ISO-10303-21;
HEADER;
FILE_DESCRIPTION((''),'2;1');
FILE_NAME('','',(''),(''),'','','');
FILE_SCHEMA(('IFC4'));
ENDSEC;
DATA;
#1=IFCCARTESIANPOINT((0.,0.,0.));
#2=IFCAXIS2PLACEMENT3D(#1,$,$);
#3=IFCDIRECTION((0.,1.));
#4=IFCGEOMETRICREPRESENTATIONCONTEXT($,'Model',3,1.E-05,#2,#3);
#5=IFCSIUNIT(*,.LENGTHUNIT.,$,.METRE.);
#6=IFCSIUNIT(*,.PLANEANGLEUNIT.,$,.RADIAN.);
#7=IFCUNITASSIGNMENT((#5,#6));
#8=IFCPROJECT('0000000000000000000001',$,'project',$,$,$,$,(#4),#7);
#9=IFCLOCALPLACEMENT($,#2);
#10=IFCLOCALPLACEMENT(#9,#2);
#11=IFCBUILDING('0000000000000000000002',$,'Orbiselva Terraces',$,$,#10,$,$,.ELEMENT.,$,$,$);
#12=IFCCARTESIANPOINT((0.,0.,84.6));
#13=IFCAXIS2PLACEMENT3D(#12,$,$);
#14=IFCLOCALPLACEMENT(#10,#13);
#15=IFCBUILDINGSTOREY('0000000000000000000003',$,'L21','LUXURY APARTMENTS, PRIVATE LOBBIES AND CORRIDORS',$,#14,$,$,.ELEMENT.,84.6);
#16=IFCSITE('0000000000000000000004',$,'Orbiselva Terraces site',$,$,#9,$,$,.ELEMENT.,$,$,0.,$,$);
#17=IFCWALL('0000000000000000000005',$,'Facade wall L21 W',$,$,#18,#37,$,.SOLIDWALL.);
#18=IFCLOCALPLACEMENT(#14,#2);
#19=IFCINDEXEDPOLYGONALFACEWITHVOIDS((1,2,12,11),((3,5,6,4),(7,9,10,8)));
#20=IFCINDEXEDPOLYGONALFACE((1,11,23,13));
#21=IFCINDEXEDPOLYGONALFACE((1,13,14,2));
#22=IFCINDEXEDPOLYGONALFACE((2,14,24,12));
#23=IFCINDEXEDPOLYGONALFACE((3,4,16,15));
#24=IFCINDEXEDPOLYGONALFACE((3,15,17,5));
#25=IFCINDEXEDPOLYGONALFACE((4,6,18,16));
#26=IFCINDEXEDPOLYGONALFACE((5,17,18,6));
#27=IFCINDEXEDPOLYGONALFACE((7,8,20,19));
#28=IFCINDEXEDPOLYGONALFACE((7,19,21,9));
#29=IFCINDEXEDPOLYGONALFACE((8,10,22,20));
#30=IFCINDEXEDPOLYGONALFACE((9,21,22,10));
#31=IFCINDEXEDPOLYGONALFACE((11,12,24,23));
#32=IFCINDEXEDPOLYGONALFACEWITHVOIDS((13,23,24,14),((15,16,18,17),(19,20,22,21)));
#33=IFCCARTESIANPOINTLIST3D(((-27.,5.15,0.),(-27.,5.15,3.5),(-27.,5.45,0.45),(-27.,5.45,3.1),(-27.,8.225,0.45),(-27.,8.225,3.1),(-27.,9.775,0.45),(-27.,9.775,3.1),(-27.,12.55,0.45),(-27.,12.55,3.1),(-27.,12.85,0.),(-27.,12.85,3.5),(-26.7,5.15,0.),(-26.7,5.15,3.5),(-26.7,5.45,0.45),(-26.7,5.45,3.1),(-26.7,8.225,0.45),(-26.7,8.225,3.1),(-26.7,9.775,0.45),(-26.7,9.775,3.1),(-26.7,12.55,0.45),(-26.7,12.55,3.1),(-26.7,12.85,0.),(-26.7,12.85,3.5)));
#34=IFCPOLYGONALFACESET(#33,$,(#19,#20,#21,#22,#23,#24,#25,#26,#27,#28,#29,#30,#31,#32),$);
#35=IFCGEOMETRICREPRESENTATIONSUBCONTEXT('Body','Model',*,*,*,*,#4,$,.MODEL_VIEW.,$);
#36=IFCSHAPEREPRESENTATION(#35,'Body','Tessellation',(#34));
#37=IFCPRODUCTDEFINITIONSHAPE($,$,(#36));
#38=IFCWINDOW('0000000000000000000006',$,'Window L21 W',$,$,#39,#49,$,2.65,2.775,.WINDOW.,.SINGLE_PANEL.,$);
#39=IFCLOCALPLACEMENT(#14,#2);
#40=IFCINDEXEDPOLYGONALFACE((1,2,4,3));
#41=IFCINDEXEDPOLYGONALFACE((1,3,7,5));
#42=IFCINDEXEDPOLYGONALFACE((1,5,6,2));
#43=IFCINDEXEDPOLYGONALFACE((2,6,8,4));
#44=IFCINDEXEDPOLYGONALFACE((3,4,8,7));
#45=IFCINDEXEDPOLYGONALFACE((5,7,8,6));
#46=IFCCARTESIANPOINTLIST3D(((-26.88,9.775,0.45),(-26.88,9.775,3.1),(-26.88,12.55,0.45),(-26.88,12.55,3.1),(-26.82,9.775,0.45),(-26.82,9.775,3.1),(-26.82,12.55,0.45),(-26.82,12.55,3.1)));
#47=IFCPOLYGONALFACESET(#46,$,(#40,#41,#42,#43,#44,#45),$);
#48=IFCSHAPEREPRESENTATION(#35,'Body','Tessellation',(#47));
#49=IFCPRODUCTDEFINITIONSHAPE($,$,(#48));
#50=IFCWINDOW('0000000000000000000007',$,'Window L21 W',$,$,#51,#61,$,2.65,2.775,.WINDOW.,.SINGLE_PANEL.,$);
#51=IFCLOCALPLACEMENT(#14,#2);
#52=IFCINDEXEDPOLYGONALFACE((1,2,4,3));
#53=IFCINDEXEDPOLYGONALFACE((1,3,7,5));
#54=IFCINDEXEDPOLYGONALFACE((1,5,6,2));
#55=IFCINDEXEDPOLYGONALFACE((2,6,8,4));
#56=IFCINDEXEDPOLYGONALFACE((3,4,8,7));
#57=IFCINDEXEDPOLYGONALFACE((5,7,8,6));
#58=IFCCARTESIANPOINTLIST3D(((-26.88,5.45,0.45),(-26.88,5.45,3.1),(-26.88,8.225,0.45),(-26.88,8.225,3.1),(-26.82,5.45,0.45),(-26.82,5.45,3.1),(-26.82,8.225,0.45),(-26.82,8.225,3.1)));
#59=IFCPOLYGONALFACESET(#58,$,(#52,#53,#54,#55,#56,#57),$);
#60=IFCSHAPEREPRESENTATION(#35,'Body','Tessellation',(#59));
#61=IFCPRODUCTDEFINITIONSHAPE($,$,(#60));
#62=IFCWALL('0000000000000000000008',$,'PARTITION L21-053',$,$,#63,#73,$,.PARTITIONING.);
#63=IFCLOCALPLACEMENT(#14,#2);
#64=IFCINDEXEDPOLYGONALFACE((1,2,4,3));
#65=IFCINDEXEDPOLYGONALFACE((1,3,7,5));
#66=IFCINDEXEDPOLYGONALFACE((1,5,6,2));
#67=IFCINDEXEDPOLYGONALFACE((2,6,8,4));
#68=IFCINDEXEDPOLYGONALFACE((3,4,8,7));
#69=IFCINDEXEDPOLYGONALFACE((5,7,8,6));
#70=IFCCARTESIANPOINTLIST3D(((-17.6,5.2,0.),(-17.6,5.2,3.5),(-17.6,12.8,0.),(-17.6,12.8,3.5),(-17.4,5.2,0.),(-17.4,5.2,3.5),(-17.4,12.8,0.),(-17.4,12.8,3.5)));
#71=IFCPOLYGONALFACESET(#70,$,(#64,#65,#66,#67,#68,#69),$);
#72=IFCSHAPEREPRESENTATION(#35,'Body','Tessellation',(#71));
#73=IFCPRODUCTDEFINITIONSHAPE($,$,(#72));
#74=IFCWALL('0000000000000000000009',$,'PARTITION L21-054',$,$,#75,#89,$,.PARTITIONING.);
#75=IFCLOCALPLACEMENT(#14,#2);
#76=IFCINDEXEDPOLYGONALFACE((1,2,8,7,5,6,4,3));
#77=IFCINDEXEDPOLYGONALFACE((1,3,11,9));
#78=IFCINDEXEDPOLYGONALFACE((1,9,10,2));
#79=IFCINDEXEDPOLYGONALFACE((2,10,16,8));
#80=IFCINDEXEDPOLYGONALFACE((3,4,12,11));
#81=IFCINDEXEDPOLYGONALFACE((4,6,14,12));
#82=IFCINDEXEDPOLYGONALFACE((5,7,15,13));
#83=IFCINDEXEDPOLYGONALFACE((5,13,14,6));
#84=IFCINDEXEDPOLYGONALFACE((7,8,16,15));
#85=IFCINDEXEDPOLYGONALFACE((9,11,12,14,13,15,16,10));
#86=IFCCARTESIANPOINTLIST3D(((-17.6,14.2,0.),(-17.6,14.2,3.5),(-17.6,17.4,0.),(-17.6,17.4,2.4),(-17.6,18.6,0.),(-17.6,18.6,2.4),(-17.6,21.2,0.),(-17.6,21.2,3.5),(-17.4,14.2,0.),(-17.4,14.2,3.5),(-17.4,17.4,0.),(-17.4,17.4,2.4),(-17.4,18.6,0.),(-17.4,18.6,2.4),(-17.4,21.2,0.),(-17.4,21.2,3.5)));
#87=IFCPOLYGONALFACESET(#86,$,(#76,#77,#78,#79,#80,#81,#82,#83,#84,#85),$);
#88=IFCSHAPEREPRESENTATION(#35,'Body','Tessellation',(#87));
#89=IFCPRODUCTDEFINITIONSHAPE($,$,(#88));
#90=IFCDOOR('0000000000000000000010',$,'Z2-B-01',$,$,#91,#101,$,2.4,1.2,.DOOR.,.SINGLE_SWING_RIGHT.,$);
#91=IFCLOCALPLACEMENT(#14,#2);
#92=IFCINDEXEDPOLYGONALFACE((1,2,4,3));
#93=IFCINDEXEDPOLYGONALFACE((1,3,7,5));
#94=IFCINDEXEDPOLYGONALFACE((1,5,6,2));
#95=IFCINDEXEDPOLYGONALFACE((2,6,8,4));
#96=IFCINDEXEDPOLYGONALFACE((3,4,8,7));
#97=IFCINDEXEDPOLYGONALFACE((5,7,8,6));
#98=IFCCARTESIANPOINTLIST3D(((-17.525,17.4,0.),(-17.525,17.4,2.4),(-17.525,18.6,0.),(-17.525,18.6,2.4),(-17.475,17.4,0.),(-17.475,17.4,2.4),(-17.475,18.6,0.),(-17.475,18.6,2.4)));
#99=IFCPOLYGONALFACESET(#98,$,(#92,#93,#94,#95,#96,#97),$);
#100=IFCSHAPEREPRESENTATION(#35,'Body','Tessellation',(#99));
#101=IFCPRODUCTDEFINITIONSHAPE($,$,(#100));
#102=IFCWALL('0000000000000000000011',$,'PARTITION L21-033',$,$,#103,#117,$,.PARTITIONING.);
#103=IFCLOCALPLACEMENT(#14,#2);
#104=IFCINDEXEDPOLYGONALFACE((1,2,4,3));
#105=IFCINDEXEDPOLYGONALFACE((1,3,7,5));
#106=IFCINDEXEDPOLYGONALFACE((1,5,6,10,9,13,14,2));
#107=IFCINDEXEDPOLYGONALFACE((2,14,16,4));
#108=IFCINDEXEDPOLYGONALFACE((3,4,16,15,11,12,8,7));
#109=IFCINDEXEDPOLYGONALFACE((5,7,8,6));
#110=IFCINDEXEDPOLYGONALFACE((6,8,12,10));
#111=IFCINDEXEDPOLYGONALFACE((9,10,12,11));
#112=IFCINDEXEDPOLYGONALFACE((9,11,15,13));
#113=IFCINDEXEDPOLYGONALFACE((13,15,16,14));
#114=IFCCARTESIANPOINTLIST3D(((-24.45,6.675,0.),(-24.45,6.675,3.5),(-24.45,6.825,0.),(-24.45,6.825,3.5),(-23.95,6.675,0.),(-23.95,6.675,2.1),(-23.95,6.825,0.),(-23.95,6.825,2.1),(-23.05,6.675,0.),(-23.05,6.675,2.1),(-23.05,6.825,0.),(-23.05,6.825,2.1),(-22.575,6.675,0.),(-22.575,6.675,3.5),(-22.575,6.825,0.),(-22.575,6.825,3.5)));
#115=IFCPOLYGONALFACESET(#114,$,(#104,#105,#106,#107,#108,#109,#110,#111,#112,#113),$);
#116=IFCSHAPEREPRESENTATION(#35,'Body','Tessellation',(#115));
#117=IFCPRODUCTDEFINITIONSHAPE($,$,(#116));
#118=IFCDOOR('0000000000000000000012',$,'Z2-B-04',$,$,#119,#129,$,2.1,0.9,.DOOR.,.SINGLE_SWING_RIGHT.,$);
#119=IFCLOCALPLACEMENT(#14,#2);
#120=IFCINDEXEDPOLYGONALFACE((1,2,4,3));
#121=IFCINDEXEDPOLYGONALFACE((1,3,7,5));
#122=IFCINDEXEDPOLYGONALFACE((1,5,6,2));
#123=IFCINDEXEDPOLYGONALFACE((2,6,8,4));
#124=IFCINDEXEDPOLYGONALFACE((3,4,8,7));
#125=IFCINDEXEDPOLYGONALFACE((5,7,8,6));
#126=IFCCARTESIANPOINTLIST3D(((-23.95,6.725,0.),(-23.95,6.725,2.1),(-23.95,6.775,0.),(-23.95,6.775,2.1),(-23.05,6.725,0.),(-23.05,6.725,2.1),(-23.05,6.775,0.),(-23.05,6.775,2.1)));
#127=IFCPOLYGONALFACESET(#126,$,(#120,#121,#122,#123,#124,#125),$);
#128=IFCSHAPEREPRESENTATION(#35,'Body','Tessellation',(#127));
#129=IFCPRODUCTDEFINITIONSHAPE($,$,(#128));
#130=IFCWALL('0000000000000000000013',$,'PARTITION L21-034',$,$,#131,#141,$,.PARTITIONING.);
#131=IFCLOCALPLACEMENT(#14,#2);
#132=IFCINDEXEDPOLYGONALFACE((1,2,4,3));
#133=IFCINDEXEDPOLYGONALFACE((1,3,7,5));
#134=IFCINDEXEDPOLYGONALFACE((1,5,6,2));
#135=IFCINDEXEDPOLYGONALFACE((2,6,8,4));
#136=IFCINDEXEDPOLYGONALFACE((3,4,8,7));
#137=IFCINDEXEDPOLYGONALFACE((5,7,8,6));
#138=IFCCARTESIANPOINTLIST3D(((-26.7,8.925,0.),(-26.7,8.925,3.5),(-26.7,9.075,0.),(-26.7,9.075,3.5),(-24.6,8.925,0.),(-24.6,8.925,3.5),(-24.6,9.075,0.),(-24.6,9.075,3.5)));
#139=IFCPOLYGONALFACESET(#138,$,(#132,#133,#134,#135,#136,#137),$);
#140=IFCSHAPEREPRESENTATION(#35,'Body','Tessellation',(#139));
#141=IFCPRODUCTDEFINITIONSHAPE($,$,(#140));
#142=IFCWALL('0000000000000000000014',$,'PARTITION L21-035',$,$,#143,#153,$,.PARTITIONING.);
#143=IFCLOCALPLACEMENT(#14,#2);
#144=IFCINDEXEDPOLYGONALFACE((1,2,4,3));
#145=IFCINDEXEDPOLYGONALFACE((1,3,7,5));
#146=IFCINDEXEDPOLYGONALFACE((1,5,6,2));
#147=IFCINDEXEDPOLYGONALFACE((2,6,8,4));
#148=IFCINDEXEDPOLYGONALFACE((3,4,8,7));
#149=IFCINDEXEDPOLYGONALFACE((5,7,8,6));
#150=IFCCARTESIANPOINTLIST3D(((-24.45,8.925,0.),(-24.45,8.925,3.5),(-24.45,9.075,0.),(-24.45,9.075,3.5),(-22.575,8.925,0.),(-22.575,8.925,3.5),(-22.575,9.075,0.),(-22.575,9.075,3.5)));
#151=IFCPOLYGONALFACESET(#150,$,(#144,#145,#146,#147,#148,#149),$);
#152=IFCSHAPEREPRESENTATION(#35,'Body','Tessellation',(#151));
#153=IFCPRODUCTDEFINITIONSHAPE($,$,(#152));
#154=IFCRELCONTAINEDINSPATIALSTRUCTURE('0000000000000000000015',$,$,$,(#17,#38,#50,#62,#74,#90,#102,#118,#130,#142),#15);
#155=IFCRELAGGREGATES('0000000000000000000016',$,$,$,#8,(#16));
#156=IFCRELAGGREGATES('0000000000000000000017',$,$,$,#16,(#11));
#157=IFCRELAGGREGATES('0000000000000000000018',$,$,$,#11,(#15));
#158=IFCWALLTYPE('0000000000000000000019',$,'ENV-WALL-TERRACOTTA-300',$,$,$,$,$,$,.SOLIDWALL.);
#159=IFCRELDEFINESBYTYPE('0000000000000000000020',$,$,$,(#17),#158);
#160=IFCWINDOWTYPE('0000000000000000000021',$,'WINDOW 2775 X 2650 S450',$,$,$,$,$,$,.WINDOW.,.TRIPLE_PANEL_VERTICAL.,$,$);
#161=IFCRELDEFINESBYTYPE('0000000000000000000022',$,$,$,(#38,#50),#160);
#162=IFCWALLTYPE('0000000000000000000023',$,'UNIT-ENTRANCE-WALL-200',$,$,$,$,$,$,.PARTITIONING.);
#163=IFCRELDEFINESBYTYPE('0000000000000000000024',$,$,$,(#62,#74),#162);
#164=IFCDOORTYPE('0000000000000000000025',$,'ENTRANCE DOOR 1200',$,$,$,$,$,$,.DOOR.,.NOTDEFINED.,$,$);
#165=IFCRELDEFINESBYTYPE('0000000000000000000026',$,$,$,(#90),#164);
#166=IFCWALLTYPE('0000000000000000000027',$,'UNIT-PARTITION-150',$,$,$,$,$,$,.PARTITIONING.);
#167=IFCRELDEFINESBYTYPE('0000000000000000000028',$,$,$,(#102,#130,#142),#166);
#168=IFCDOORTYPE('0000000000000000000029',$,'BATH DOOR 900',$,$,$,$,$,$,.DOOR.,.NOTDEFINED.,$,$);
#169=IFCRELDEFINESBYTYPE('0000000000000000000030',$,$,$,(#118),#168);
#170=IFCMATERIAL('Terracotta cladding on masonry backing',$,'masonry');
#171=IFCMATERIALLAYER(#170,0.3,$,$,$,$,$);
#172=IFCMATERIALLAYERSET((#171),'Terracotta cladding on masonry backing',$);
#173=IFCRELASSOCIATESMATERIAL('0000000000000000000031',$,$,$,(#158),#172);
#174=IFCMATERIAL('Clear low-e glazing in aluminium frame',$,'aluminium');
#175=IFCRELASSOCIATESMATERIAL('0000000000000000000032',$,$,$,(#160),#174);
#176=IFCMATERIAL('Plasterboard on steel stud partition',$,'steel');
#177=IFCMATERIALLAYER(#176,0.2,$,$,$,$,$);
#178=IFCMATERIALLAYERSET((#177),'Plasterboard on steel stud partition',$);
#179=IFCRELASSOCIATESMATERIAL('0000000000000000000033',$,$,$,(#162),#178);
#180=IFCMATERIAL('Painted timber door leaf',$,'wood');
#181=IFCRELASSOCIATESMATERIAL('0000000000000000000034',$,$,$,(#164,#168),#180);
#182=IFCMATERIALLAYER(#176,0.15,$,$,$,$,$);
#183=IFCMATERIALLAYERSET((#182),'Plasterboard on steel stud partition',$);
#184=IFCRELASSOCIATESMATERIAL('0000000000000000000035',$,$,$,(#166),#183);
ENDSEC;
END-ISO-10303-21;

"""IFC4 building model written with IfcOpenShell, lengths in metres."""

from ifc_helpers import new_model, si_unit, direction, frame, frame_2d, origin, place, context, subcontext, project, spatial, rectangle, extrude, material, layer, layer_set, type_object, element, fill, save


model = new_model("IFC4")

# Units and contexts
model_context = context("Model", 3, precision=1e-05, world=origin(), true_north=direction((0.0, 1.0)))
body_context = subcontext(model_context, "Body", "Model", "MODEL_VIEW")
ifc_project = project(units=[si_unit("LENGTHUNIT", "METRE"), si_unit("PLANEANGLEUNIT", "RADIAN")], contexts=[model_context])

# Site, building, storey
site_placement = place(None, origin())
site = spatial("IfcSite", under=ifc_project, at=site_placement, Name="Orbiselva Terraces site", CompositionType="ELEMENT", RefElevation=0.0)
building_placement = place(site_placement, origin())
building = spatial("IfcBuilding", under=site, at=building_placement, Name="Orbiselva Terraces", CompositionType="ELEMENT")
storey_placement = place(building_placement, frame((0.0, 0.0, 84.6)))
storey = spatial("IfcBuildingStorey", under=building, at=storey_placement, Name="L21", Description="LUXURY APARTMENTS, PRIVATE LOBBIES AND CORRIDORS", CompositionType="ELEMENT", Elevation=84.6)

# Shared definitions
ifc_material_1 = material(Name="Terracotta cladding on masonry backing", Category="masonry")
ifc_layer_1 = layer(ifc_material_1, 0.3)
ifc_layer_set_1 = layer_set([ifc_layer_1], Name="Terracotta cladding on masonry backing")
wall_type_1 = type_object("IfcWallType", Name="ENV-WALL-TERRACOTTA-300", PredefinedType="SOLIDWALL", material=ifc_layer_set_1)
ifc_material_2 = material(Name="Clear low-e glazing in aluminium frame", Category="aluminium")

# Wall, openings, windows
wall_1_placement = place(storey_placement, frame((-26.85, 5.15, 0.0), z_axis=(0.0, 0.0, 1.0), x_axis=(0.0, 1.0, 0.0)))
wall_1 = element("IfcWall", 1, at=wall_1_placement, inside=storey, type_object=wall_type_1, Name="Facade wall L21 W", PredefinedType="SOLIDWALL", context=body_context, shape_type="SweptSolid", body=[
    extrude(rectangle(XDim=7.7, YDim=0.3, at=frame_2d((3.85, 0.0))), origin(), (0.0, 0.0, 1.0), 3.5),
])
opening_1_placement = place(wall_1_placement, frame((4.625, 0.0, 0.45)))
opening_1 = element("IfcOpeningElement", 2, at=opening_1_placement, cuts=wall_1, PredefinedType="OPENING", context=body_context, shape_type="SweptSolid", body=[
    extrude(rectangle(XDim=2.775, YDim=2.65, at=frame_2d((1.3875, 1.325))), frame((0.0, 0.16, 0.0), z_axis=(0.0, -1.0, 0.0), x_axis=(1.0, 0.0, 0.0)), (0.0, 0.0, 1.0), 0.32),
])
opening_2_placement = place(wall_1_placement, frame((0.3, 0.0, 0.45)))
opening_2 = element("IfcOpeningElement", 3, at=opening_2_placement, cuts=wall_1, PredefinedType="OPENING", context=body_context, shape_type="SweptSolid", body=[
    extrude(rectangle(XDim=2.775, YDim=2.65, at=frame_2d((1.3875, 1.325))), frame((0.0, 0.16, 0.0), z_axis=(0.0, -1.0, 0.0), x_axis=(1.0, 0.0, 0.0)), (0.0, 0.0, 1.0), 0.32),
])
window_type = type_object("IfcWindowType", Name="WINDOW 2775 X 2650 S450", PartitioningType="TRIPLE_PANEL_VERTICAL", PredefinedType="WINDOW", material=ifc_material_2)
window_1_placement = place(opening_1_placement, origin())
window_1 = element("IfcWindow", 4, at=window_1_placement, inside=storey, type_object=window_type, Name="Window L21 W", OverallHeight=2.65, OverallWidth=2.775, PartitioningType="SINGLE_PANEL", PredefinedType="WINDOW", context=body_context, shape_type="SweptSolid", body=[
    extrude(rectangle(XDim=2.775, YDim=2.65, at=frame_2d((1.3875, 1.325))), frame((0.0, 0.03, 0.0), z_axis=(0.0, -1.0, 0.0), x_axis=(1.0, 0.0, 0.0)), (0.0, 0.0, 1.0), 0.06),
])
fill(opening_1, window_1)
window_2_placement = place(opening_2_placement, origin())
window_2 = element("IfcWindow", 5, at=window_2_placement, inside=storey, type_object=window_type, Name="Window L21 W", OverallHeight=2.65, OverallWidth=2.775, PartitioningType="SINGLE_PANEL", PredefinedType="WINDOW", context=body_context, shape_type="SweptSolid", body=[
    extrude(rectangle(XDim=2.775, YDim=2.65, at=frame_2d((1.3875, 1.325))), frame((0.0, 0.03, 0.0), z_axis=(0.0, -1.0, 0.0), x_axis=(1.0, 0.0, 0.0)), (0.0, 0.0, 1.0), 0.06),
])
fill(opening_2, window_2)

# Wall
ifc_material_3 = material(Name="Plasterboard on steel stud partition", Category="steel")
ifc_layer_2 = layer(ifc_material_3, 0.2)
ifc_layer_set_2 = layer_set([ifc_layer_2], Name="Plasterboard on steel stud partition")
wall_type_2 = type_object("IfcWallType", Name="UNIT-ENTRANCE-WALL-200", PredefinedType="PARTITIONING", material=ifc_layer_set_2)
wall_2_placement = place(storey_placement, frame((-17.5, 5.2, 0.0), z_axis=(0.0, 0.0, 1.0), x_axis=(0.0, 1.0, 0.0)))
element("IfcWall", 6, at=wall_2_placement, inside=storey, type_object=wall_type_2, Name="PARTITION L21-053", PredefinedType="PARTITIONING", context=body_context, shape_type="SweptSolid", body=[
    extrude(rectangle(XDim=7.6, YDim=0.2, at=frame_2d((3.8, 0.0))), origin(), (0.0, 0.0, 1.0), 3.5),
])

# Walls, openings, doors
wall_3_placement = place(storey_placement, frame((-17.5, 14.2, 0.0), z_axis=(0.0, 0.0, 1.0), x_axis=(0.0, 1.0, 0.0)))
wall_3 = element("IfcWall", 7, at=wall_3_placement, inside=storey, type_object=wall_type_2, Name="PARTITION L21-054", PredefinedType="PARTITIONING", context=body_context, shape_type="SweptSolid", body=[
    extrude(rectangle(XDim=7.0, YDim=0.2, at=frame_2d((3.5, 0.0))), origin(), (0.0, 0.0, 1.0), 3.5),
])
opening_3_placement = place(wall_3_placement, frame((3.2, 0.0, 0.0)))
opening_3 = element("IfcOpeningElement", 8, at=opening_3_placement, cuts=wall_3, PredefinedType="OPENING", context=body_context, shape_type="SweptSolid", body=[
    extrude(rectangle(XDim=1.2, YDim=2.4, at=frame_2d((0.6, 1.2))), frame((0.0, 0.11, 0.0), z_axis=(0.0, -1.0, 0.0), x_axis=(1.0, 0.0, 0.0)), (0.0, 0.0, 1.0), 0.22),
])
ifc_material_4 = material(Name="Painted timber door leaf", Category="wood")
door_type_1 = type_object("IfcDoorType", Name="ENTRANCE DOOR 1200", OperationType="NOTDEFINED", PredefinedType="DOOR", material=ifc_material_4)
door_1_placement = place(opening_3_placement, origin())
door_1 = element("IfcDoor", 9, at=door_1_placement, inside=storey, type_object=door_type_1, Name="Z2-B-01", OperationType="SINGLE_SWING_RIGHT", OverallHeight=2.4, OverallWidth=1.2, PredefinedType="DOOR", context=body_context, shape_type="SweptSolid", body=[
    extrude(rectangle(XDim=1.2, YDim=2.4, at=frame_2d((0.6, 1.2))), frame((0.0, 0.025, 0.0), z_axis=(0.0, -1.0, 0.0), x_axis=(1.0, 0.0, 0.0)), (0.0, 0.0, 1.0), 0.05),
])
fill(opening_3, door_1)
ifc_layer_3 = layer(ifc_material_3, 0.15)
ifc_layer_set_3 = layer_set([ifc_layer_3], Name="Plasterboard on steel stud partition")
wall_type_3 = type_object("IfcWallType", Name="UNIT-PARTITION-150", PredefinedType="PARTITIONING", material=ifc_layer_set_3)
wall_4_placement = place(storey_placement, frame((-24.45, 6.75, 0.0), z_axis=(0.0, 0.0, 1.0), x_axis=(1.0, 0.0, 0.0)))
wall_4 = element("IfcWall", 10, at=wall_4_placement, inside=storey, type_object=wall_type_3, Name="PARTITION L21-033", PredefinedType="PARTITIONING", context=body_context, shape_type="SweptSolid", body=[
    extrude(rectangle(XDim=1.875, YDim=0.15, at=frame_2d((0.9375, 0.0))), origin(), (0.0, 0.0, 1.0), 3.5),
])
opening_4_placement = place(wall_4_placement, frame((0.5, 0.0, 0.0)))
opening_4 = element("IfcOpeningElement", 11, at=opening_4_placement, cuts=wall_4, PredefinedType="OPENING", context=body_context, shape_type="SweptSolid", body=[
    extrude(rectangle(XDim=0.9, YDim=2.1, at=frame_2d((0.45, 1.05))), frame((0.0, 0.085, 0.0), z_axis=(0.0, -1.0, 0.0), x_axis=(1.0, 0.0, 0.0)), (0.0, 0.0, 1.0), 0.17),
])
door_type_2 = type_object("IfcDoorType", Name="BATH DOOR 900", OperationType="NOTDEFINED", PredefinedType="DOOR", material=ifc_material_4)
door_2_placement = place(opening_4_placement, origin())
door_2 = element("IfcDoor", 12, at=door_2_placement, inside=storey, type_object=door_type_2, Name="Z2-B-04", OperationType="SINGLE_SWING_RIGHT", OverallHeight=2.1, OverallWidth=0.9, PredefinedType="DOOR", context=body_context, shape_type="SweptSolid", body=[
    extrude(rectangle(XDim=0.9, YDim=2.1, at=frame_2d((0.45, 1.05))), frame((0.0, 0.025, 0.0), z_axis=(0.0, -1.0, 0.0), x_axis=(1.0, 0.0, 0.0)), (0.0, 0.0, 1.0), 0.05),
])
fill(opening_4, door_2)

# Walls
wall_5_placement = place(storey_placement, frame((-26.7, 9.0, 0.0), z_axis=(0.0, 0.0, 1.0), x_axis=(1.0, 0.0, 0.0)))
element("IfcWall", 13, at=wall_5_placement, inside=storey, type_object=wall_type_3, Name="PARTITION L21-034", PredefinedType="PARTITIONING", context=body_context, shape_type="SweptSolid", body=[
    extrude(rectangle(XDim=2.1, YDim=0.15, at=frame_2d((1.05, 0.0))), origin(), (0.0, 0.0, 1.0), 3.5),
])
wall_6_placement = place(storey_placement, frame((-24.45, 9.0, 0.0), z_axis=(0.0, 0.0, 1.0), x_axis=(1.0, 0.0, 0.0)))
element("IfcWall", 14, at=wall_6_placement, inside=storey, type_object=wall_type_3, Name="PARTITION L21-035", PredefinedType="PARTITIONING", context=body_context, shape_type="SweptSolid", body=[
    extrude(rectangle(XDim=1.875, YDim=0.15, at=frame_2d((0.9375, 0.0))), origin(), (0.0, 0.0, 1.0), 3.5),
])

save(model, "model.ifc")
